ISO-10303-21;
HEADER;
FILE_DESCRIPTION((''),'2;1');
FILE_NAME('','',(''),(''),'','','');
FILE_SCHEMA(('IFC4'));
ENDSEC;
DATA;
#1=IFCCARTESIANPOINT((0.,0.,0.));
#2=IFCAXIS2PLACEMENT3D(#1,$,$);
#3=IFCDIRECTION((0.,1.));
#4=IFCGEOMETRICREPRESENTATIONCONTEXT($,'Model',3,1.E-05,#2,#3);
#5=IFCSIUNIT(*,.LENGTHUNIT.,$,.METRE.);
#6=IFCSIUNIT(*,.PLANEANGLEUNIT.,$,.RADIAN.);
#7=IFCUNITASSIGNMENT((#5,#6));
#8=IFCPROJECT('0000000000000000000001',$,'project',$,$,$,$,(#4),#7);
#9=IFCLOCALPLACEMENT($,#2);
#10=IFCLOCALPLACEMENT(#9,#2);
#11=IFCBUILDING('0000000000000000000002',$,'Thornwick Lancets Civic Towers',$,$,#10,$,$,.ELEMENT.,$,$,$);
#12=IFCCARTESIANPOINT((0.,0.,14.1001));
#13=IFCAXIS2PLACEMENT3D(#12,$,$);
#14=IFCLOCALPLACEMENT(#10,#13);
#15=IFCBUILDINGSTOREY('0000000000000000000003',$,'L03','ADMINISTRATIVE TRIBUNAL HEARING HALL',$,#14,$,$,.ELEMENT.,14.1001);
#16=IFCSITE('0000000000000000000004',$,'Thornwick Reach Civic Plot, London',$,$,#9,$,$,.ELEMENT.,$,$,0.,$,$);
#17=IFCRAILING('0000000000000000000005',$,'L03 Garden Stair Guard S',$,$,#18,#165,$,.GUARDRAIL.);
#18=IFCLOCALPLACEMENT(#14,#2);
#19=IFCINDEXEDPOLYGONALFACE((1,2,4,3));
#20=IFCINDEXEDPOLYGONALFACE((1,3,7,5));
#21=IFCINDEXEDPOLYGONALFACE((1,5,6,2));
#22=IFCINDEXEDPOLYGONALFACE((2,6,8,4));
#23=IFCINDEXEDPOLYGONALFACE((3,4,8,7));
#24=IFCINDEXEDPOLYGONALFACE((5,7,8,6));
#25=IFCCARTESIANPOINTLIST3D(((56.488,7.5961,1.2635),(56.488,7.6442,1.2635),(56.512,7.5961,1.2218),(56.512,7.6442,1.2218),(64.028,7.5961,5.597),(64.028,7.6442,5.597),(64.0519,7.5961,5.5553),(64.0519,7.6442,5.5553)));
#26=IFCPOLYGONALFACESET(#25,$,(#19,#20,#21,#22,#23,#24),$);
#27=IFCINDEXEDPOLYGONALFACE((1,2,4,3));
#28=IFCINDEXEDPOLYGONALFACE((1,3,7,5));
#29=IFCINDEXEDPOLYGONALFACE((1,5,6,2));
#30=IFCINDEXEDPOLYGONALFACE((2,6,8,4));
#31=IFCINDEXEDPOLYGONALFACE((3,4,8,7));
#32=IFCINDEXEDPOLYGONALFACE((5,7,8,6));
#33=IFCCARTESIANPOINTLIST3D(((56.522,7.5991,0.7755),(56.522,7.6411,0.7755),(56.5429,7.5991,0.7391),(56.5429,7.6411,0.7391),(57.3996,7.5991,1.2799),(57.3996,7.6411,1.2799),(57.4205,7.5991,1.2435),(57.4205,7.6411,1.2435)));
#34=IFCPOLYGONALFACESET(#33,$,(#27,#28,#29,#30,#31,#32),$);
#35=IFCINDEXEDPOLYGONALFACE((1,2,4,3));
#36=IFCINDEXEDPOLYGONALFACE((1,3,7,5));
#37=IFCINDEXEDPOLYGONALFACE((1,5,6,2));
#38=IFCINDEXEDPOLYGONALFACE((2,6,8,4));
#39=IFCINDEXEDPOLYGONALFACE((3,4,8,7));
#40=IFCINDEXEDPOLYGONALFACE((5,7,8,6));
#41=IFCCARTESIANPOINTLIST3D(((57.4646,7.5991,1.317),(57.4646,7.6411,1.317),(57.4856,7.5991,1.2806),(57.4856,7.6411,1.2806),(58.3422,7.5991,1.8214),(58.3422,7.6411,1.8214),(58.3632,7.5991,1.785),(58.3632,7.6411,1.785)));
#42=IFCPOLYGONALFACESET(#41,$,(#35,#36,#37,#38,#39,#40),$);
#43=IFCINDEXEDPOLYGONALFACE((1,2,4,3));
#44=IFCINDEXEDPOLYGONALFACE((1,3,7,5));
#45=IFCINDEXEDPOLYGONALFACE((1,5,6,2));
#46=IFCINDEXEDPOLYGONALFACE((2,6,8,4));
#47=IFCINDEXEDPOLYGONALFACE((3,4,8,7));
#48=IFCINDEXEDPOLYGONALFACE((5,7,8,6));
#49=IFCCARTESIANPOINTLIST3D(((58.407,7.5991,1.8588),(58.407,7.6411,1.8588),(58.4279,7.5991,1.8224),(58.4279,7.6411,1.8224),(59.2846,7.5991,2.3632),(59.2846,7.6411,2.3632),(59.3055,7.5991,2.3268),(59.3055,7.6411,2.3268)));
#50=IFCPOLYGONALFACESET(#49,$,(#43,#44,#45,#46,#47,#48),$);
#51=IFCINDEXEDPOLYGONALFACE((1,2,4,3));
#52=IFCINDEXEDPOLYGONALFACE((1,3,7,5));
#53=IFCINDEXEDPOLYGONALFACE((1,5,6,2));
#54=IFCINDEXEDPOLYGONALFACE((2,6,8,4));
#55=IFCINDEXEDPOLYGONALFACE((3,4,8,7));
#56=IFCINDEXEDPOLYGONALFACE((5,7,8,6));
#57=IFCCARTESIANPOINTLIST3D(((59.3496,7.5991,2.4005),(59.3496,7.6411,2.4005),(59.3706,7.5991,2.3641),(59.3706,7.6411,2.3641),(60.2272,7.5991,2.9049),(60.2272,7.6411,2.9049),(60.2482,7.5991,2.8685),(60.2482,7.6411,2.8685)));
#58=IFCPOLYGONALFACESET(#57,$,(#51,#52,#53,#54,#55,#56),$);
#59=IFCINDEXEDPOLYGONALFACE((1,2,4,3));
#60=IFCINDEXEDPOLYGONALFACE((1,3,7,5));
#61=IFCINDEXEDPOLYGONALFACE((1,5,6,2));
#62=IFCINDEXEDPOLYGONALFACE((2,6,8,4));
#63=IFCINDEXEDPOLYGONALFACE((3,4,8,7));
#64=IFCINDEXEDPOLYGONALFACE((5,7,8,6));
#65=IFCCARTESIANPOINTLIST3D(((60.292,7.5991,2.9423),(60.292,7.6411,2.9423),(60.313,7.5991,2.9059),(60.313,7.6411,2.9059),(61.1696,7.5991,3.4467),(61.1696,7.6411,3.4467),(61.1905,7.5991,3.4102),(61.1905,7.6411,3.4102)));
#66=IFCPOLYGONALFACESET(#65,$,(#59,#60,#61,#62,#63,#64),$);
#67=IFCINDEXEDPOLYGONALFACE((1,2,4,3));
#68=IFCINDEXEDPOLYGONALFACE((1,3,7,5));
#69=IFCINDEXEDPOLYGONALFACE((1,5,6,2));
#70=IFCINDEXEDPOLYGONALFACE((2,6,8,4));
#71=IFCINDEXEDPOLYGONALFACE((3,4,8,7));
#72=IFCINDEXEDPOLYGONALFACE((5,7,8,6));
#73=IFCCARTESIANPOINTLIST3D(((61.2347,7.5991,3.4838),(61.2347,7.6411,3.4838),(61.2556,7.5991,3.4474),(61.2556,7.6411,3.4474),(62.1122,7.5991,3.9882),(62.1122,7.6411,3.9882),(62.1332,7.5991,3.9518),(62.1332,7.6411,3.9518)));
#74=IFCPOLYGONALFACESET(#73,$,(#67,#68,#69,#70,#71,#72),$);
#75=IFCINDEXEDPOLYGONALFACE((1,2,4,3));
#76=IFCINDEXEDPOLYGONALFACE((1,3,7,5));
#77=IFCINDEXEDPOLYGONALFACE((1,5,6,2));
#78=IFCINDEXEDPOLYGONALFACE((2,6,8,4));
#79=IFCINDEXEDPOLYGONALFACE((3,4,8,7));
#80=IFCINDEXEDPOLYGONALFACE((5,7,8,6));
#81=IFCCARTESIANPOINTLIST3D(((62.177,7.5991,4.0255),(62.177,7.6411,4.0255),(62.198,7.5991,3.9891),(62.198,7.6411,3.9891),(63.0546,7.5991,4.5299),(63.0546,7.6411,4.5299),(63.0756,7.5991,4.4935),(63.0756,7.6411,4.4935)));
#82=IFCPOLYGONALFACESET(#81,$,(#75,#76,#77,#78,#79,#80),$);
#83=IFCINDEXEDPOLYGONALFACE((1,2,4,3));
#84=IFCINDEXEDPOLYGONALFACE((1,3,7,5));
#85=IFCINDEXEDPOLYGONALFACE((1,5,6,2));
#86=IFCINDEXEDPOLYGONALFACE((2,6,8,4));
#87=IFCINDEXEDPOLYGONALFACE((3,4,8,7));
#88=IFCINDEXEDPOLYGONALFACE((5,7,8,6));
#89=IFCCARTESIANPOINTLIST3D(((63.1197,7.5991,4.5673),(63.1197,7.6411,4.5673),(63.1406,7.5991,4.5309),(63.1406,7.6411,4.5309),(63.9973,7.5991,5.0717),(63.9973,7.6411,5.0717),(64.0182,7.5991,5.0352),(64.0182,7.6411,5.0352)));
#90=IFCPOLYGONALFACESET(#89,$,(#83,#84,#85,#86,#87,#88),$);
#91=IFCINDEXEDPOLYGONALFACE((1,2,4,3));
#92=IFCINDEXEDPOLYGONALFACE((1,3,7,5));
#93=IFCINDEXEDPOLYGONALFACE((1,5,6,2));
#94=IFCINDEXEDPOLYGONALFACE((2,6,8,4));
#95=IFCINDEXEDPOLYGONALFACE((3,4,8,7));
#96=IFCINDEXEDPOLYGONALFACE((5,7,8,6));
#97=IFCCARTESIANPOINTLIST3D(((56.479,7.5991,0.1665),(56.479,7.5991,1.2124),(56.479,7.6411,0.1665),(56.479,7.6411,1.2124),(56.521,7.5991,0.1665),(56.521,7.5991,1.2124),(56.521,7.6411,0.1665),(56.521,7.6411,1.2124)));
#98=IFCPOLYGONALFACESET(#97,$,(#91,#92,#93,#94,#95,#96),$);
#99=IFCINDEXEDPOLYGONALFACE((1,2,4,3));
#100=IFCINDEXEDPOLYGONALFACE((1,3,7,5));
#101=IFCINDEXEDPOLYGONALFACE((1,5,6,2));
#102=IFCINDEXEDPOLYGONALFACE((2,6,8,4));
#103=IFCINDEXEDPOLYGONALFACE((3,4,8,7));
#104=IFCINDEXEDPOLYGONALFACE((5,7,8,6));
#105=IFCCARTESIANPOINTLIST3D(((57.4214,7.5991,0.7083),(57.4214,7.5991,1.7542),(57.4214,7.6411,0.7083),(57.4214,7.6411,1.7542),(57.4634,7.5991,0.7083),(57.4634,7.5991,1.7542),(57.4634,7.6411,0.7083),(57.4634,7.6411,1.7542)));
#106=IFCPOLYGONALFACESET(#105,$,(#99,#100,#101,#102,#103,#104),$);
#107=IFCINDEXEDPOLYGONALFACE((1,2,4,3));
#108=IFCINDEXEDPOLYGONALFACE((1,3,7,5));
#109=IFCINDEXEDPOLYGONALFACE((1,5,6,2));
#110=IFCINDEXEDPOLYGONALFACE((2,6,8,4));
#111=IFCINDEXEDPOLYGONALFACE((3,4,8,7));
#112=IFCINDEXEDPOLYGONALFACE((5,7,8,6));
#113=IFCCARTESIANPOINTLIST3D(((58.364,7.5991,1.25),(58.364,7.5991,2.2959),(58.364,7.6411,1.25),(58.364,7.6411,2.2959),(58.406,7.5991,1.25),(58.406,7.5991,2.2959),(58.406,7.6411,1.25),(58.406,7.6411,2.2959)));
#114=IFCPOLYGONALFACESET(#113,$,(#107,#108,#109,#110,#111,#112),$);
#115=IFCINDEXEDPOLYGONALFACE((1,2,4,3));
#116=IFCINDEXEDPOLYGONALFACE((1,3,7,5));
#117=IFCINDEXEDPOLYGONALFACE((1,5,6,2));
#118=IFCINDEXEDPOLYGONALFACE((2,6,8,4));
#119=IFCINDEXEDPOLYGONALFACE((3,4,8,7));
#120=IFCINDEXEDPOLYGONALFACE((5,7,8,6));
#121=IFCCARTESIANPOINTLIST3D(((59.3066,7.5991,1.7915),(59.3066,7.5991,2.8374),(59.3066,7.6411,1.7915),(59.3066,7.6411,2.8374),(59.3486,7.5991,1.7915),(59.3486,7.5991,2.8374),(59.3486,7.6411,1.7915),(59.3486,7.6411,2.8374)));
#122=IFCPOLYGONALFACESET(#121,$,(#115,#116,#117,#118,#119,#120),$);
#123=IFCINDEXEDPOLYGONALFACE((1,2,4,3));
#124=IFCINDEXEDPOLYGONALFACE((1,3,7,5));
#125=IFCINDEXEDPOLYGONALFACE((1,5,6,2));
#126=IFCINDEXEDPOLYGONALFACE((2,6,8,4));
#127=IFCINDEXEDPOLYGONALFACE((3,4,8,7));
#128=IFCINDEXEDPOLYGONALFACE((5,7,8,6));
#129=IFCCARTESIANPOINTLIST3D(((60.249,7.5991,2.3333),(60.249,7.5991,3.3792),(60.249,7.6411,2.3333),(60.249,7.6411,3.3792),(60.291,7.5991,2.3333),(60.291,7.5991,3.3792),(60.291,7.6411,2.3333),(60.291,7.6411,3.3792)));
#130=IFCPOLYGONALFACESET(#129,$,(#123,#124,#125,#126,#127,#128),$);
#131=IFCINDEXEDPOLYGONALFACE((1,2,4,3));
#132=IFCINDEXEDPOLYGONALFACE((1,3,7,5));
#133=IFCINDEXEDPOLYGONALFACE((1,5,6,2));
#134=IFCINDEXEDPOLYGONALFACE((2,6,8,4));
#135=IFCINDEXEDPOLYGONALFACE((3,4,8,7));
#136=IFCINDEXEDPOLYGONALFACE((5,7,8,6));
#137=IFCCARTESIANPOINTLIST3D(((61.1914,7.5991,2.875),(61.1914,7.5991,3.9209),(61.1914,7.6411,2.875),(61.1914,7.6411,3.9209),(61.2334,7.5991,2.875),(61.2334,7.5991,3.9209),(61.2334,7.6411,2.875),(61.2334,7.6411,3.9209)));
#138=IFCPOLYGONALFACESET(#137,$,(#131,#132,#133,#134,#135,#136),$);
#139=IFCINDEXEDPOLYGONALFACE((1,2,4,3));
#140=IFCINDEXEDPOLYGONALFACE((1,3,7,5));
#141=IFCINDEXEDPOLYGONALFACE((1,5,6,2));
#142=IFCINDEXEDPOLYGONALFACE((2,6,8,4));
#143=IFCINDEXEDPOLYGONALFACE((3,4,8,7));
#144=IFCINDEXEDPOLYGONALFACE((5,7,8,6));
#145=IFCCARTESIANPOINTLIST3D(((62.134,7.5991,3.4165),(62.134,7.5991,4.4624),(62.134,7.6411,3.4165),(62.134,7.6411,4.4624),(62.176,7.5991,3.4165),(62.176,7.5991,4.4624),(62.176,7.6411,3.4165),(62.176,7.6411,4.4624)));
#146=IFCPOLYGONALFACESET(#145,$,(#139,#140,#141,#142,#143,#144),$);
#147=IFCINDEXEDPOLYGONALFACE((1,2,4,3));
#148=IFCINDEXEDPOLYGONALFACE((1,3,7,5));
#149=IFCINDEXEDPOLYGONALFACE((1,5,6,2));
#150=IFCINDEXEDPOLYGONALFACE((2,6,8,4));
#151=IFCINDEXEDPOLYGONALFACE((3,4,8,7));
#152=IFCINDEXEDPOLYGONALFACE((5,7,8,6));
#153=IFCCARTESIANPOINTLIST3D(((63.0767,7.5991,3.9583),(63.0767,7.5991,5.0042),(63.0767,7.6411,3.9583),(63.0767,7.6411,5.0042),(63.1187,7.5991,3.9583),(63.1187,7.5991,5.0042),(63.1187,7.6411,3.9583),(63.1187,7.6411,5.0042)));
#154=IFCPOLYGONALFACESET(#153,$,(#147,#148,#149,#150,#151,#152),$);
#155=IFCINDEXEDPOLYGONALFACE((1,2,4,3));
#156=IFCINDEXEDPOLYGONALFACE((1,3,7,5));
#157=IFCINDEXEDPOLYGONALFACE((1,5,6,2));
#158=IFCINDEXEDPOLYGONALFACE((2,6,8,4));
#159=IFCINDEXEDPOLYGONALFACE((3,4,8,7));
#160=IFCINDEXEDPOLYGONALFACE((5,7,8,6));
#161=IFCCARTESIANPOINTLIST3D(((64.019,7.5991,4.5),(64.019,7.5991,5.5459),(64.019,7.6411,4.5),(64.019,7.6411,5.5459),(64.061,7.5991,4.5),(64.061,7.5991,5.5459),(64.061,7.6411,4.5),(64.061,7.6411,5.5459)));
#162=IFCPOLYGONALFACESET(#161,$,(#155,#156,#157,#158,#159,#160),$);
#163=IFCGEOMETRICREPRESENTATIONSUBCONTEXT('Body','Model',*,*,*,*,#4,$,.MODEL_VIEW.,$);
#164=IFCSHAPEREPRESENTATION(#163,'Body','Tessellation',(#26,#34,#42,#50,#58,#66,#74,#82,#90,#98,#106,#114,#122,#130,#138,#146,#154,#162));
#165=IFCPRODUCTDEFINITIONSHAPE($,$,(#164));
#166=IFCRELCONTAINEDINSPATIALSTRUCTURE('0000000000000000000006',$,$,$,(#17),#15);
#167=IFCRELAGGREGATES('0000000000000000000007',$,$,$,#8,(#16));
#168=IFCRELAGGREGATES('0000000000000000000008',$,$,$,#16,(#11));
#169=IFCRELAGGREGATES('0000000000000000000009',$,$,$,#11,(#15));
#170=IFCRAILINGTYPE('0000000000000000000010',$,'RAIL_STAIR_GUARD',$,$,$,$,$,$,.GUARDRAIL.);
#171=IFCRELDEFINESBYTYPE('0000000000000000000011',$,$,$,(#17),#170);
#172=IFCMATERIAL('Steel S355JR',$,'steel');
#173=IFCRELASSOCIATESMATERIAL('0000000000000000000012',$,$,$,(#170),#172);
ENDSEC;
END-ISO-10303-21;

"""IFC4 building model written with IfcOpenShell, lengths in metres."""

from ifc_helpers import new_model, si_unit, direction, frame, origin, origin_2d, place, context, subcontext, project, spatial, rectangle, extrude, material, type_object, element, save


model = new_model("IFC4")

# Units and contexts
model_context = context("Model", 3, precision=1e-05, world=origin(), true_north=direction((0.0, 1.0)))
body_context = subcontext(model_context, "Body", "Model", "MODEL_VIEW")
ifc_project = project(units=[si_unit("LENGTHUNIT", "METRE"), si_unit("PLANEANGLEUNIT", "RADIAN")], contexts=[model_context])

# Site, building, storey
site_placement = place(None, origin())
site = spatial("IfcSite", under=ifc_project, at=site_placement, Name="Thornwick Reach Civic Plot, London", CompositionType="ELEMENT", RefElevation=0.0)
building_placement = place(site_placement, origin())
building = spatial("IfcBuilding", under=site, at=building_placement, Name="Thornwick Lancets Civic Towers", CompositionType="ELEMENT")
storey_placement = place(building_placement, frame((0.0, 0.0, 14.1001)))
storey = spatial("IfcBuildingStorey", under=building, at=storey_placement, Name="L03", Description="ADMINISTRATIVE TRIBUNAL HEARING HALL", CompositionType="ELEMENT", Elevation=14.1001)

# Shared definitions
ifc_material_1 = material(Name="Steel S355JR", Category="steel")

# Railing
railing_type = type_object("IfcRailingType", Name="RAIL_STAIR_GUARD", PredefinedType="GUARDRAIL", material=ifc_material_1)
railing_1_placement = place(storey_placement, frame((56.5, 7.6201, 0.1665)))
element("IfcRailing", 1, at=railing_1_placement, inside=storey, type_object=railing_type, Name="L03 Garden Stair Guard S", PredefinedType="GUARDRAIL", context=body_context, shape_type="SweptSolid", body=[
    extrude(rectangle(XDim=0.0481, YDim=0.0481, at=origin_2d()), frame((0.0, 0.0, 1.0762), z_axis=(0.867007, 0.0, 0.498296), x_axis=(0.0, 1.0, 0.0)), (0.0, 0.0, 1.0), 8.6965),
    extrude(rectangle(XDim=0.042, YDim=0.042, at=origin_2d()), frame((0.0325, 0.0, 0.5908), z_axis=(0.867007, 0.0, 0.498296), x_axis=(0.0, 1.0, 0.0)), (0.0, 0.0, 1.0), 1.0122),
    extrude(rectangle(XDim=0.042, YDim=0.042, at=origin_2d()), frame((0.9751, 0.0, 1.1323), z_axis=(0.867007, 0.0, 0.498296), x_axis=(0.0, 1.0, 0.0)), (0.0, 0.0, 1.0), 1.0122),
    extrude(rectangle(XDim=0.042, YDim=0.042, at=origin_2d()), frame((1.9175, 0.0, 1.6741), z_axis=(0.867007, 0.0, 0.498296), x_axis=(0.0, 1.0, 0.0)), (0.0, 0.0, 1.0), 1.0122),
    extrude(rectangle(XDim=0.042, YDim=0.042, at=origin_2d()), frame((2.8601, 0.0, 2.2158), z_axis=(0.867007, 0.0, 0.498296), x_axis=(0.0, 1.0, 0.0)), (0.0, 0.0, 1.0), 1.0122),
    extrude(rectangle(XDim=0.042, YDim=0.042, at=origin_2d()), frame((3.8025, 0.0, 2.7576), z_axis=(0.867007, 0.0, 0.498296), x_axis=(0.0, 1.0, 0.0)), (0.0, 0.0, 1.0), 1.0122),
    extrude(rectangle(XDim=0.042, YDim=0.042, at=origin_2d()), frame((4.7451, 0.0, 3.2991), z_axis=(0.867007, 0.0, 0.498296), x_axis=(0.0, 1.0, 0.0)), (0.0, 0.0, 1.0), 1.0122),
    extrude(rectangle(XDim=0.042, YDim=0.042, at=origin_2d()), frame((5.6875, 0.0, 3.8408), z_axis=(0.867007, 0.0, 0.498296), x_axis=(0.0, 1.0, 0.0)), (0.0, 0.0, 1.0), 1.0122),
    extrude(rectangle(XDim=0.042, YDim=0.042, at=origin_2d()), frame((6.6301, 0.0, 4.3826), z_axis=(0.867007, 0.0, 0.498296), x_axis=(0.0, 1.0, 0.0)), (0.0, 0.0, 1.0), 1.0122),
    extrude(rectangle(XDim=0.042, YDim=0.042, at=origin_2d()), origin(), (0.0, 0.0, 1.0), 1.0459),
    extrude(rectangle(XDim=0.042, YDim=0.042, at=origin_2d()), frame((0.9424, 0.0, 0.5417)), (0.0, 0.0, 1.0), 1.0459),
    extrude(rectangle(XDim=0.042, YDim=0.042, at=origin_2d()), frame((1.885, 0.0, 1.0835)), (0.0, 0.0, 1.0), 1.0459),
    extrude(rectangle(XDim=0.042, YDim=0.042, at=origin_2d()), frame((2.8276, 0.0, 1.625)), (0.0, 0.0, 1.0), 1.0459),
    extrude(rectangle(XDim=0.042, YDim=0.042, at=origin_2d()), frame((3.77, 0.0, 2.1667)), (0.0, 0.0, 1.0), 1.0459),
    extrude(rectangle(XDim=0.042, YDim=0.042, at=origin_2d()), frame((4.7124, 0.0, 2.7085)), (0.0, 0.0, 1.0), 1.0459),
    extrude(rectangle(XDim=0.042, YDim=0.042, at=origin_2d()), frame((5.655, 0.0, 3.25)), (0.0, 0.0, 1.0), 1.0459),
    extrude(rectangle(XDim=0.042, YDim=0.042, at=origin_2d()), frame((6.5977, 0.0, 3.7917)), (0.0, 0.0, 1.0), 1.0459),
    extrude(rectangle(XDim=0.042, YDim=0.042, at=origin_2d()), frame((7.54, 0.0, 4.3335)), (0.0, 0.0, 1.0), 1.0459),
])

save(model, "model.ifc")
